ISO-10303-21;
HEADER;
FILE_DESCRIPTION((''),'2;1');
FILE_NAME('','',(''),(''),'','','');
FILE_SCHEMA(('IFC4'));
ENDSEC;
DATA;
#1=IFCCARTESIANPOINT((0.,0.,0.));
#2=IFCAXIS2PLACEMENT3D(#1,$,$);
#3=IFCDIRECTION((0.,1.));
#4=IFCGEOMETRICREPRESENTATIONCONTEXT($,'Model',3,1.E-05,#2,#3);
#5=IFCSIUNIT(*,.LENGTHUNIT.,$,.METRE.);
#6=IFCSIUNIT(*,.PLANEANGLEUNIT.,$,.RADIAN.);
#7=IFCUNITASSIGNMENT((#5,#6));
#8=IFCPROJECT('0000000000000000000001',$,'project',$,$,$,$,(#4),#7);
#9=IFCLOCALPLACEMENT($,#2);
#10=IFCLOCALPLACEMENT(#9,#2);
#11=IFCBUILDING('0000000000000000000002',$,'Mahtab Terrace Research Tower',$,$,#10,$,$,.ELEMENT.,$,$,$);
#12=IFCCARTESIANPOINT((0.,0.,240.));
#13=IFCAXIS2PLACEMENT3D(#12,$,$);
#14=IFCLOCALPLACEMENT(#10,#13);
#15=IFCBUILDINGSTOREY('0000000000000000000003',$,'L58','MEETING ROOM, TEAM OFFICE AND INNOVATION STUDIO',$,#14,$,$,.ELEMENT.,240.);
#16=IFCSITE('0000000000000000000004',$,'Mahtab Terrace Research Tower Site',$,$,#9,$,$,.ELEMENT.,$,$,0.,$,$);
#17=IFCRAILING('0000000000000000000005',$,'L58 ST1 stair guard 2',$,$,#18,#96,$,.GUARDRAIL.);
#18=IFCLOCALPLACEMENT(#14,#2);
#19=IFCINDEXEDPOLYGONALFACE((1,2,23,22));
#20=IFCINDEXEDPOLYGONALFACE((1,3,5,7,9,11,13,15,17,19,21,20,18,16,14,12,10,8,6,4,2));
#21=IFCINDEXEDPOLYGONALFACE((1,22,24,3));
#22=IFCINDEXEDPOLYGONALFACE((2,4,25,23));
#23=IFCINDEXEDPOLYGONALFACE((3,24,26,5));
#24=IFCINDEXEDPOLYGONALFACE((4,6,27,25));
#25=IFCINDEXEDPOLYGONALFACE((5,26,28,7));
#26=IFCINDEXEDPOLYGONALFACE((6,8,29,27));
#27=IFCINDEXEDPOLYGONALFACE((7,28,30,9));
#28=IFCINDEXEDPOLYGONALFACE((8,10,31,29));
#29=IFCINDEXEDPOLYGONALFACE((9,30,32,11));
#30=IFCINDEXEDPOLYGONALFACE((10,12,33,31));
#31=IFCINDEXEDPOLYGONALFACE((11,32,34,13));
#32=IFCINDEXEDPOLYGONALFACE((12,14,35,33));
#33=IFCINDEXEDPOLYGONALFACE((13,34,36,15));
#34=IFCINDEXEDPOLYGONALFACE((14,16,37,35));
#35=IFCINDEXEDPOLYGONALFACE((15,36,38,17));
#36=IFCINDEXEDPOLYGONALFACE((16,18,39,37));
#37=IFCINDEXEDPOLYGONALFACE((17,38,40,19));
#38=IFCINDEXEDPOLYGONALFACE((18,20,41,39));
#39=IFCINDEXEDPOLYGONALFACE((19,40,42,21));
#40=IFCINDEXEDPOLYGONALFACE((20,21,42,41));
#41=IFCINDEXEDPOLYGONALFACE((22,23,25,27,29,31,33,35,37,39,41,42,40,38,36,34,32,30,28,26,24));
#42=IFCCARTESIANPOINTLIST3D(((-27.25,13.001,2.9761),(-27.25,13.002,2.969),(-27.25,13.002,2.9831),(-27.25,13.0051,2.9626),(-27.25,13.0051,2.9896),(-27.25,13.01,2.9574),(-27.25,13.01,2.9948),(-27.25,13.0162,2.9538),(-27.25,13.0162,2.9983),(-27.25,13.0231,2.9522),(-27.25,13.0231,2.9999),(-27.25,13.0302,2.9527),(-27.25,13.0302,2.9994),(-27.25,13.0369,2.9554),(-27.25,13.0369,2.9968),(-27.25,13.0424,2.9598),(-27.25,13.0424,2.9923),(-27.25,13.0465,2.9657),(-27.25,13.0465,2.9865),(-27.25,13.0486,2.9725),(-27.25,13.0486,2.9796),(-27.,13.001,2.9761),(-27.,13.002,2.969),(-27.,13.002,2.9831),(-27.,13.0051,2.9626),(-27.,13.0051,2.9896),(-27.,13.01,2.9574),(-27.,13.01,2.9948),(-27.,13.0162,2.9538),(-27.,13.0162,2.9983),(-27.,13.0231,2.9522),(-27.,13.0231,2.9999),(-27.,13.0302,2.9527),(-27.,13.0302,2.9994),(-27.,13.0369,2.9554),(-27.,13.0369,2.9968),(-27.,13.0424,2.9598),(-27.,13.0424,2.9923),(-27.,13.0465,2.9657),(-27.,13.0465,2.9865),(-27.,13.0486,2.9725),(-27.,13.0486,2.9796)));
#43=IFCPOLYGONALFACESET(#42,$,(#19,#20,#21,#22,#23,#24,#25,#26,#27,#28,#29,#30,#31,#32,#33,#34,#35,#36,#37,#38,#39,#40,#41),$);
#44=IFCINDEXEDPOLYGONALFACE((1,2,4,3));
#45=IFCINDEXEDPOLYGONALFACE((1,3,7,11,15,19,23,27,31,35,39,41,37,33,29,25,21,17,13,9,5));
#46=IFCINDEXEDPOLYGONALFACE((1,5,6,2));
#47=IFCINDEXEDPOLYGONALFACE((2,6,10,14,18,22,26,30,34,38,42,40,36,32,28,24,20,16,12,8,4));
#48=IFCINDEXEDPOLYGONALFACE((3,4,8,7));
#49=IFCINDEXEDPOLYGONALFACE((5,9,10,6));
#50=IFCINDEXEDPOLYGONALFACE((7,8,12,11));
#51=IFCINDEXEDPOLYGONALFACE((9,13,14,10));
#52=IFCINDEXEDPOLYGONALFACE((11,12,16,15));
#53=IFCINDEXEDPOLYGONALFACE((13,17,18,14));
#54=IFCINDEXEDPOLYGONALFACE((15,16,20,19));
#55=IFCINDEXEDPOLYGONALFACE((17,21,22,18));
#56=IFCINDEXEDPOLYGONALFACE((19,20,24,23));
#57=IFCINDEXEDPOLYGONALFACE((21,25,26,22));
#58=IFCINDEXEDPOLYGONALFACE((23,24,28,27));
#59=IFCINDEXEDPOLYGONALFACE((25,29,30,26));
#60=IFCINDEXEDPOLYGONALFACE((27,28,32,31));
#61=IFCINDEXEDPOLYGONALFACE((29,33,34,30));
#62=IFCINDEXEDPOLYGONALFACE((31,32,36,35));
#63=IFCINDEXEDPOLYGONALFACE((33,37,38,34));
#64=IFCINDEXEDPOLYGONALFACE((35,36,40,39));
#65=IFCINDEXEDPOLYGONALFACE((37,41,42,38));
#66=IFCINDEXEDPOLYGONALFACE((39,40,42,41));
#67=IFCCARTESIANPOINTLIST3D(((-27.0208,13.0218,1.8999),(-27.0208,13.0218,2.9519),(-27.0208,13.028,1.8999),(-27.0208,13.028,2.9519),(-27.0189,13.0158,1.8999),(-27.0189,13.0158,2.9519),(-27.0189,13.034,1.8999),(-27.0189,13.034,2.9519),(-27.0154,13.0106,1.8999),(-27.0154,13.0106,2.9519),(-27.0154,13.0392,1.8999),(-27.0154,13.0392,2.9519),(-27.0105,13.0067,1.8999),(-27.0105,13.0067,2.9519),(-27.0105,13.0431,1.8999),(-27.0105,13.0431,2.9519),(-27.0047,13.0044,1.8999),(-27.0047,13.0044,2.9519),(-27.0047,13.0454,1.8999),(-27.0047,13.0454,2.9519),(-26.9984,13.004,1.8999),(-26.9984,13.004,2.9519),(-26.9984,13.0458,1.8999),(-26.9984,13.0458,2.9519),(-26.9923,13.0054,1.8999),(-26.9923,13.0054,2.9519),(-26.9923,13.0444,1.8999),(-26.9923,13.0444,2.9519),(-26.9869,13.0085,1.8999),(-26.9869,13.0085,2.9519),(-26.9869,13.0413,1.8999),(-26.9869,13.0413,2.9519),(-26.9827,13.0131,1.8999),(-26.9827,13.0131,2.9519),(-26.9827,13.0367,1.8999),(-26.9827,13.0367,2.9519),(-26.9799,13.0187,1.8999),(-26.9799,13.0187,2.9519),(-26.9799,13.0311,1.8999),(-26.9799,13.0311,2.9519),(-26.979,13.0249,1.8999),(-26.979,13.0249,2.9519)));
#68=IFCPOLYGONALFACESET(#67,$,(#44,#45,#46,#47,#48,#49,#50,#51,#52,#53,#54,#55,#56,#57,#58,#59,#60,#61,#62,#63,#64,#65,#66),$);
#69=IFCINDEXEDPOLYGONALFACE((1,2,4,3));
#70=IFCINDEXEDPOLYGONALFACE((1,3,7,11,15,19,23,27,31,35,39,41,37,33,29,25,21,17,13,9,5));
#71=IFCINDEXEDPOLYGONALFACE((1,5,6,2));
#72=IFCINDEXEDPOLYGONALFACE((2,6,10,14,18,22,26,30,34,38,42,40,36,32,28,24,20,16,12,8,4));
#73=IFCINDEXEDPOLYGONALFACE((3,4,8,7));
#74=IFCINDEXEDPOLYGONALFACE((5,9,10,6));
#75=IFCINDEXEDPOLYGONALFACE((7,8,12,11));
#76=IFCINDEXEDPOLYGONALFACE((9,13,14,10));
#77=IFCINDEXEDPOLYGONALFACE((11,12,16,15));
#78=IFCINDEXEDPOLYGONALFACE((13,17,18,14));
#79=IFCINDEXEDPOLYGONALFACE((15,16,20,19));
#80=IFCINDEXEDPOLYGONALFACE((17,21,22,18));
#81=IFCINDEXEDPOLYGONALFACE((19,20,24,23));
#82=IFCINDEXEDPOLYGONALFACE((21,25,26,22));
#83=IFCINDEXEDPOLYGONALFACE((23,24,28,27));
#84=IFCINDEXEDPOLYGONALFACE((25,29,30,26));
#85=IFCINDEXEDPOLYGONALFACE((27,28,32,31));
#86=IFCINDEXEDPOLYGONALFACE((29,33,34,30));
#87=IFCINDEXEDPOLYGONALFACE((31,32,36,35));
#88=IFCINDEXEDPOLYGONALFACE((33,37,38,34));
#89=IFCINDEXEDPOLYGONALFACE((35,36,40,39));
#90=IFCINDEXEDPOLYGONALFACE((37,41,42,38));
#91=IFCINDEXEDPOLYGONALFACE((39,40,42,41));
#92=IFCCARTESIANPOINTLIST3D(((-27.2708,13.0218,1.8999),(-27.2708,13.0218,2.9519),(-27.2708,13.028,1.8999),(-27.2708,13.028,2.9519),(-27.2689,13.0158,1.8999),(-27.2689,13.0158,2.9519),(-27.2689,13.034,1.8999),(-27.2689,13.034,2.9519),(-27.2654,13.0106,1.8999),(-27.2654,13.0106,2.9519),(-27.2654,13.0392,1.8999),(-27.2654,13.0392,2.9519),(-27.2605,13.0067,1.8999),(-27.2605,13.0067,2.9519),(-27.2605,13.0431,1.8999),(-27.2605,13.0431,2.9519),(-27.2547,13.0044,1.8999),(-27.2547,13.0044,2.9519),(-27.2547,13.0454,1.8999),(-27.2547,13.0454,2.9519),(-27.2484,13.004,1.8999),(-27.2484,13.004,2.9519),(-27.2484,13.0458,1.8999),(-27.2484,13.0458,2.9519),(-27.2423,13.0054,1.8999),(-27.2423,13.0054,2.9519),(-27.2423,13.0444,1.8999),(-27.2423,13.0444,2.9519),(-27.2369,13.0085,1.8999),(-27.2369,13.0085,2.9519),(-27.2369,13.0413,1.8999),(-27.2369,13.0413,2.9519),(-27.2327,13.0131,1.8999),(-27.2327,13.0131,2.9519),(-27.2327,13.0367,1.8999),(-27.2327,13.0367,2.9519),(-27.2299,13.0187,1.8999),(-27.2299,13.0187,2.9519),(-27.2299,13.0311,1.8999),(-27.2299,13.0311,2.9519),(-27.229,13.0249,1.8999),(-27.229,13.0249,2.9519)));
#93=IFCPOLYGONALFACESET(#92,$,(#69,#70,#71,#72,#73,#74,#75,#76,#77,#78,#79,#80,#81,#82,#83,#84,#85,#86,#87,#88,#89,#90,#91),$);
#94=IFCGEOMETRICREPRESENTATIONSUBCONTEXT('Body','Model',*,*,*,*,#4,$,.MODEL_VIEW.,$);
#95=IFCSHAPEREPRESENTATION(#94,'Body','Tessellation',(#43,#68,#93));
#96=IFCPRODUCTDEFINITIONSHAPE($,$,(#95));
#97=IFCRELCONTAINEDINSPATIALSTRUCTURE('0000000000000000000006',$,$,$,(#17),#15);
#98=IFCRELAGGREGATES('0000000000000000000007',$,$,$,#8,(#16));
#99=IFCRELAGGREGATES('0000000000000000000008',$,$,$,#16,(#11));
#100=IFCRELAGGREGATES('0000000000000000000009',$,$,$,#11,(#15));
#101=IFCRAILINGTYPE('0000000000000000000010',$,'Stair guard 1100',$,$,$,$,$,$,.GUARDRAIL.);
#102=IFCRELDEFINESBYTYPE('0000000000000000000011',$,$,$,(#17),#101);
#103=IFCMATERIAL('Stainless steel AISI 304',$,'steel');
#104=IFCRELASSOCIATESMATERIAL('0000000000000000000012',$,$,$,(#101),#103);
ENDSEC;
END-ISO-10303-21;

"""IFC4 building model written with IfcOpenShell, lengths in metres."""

from ifc_helpers import new_model, si_unit, direction, frame, origin, origin_2d, place, context, subcontext, project, spatial, circle, extrude, material, type_object, element, save


model = new_model("IFC4")

# Units and contexts
model_context = context("Model", 3, precision=1e-05, world=origin(), true_north=direction((0.0, 1.0)))
body_context = subcontext(model_context, "Body", "Model", "MODEL_VIEW")
ifc_project = project(units=[si_unit("LENGTHUNIT", "METRE"), si_unit("PLANEANGLEUNIT", "RADIAN")], contexts=[model_context])

# Site, building, storey
site_placement = place(None, origin())
site = spatial("IfcSite", under=ifc_project, at=site_placement, Name="Mahtab Terrace Research Tower Site", CompositionType="ELEMENT", RefElevation=0.0)
building_placement = place(site_placement, origin())
building = spatial("IfcBuilding", under=site, at=building_placement, Name="Mahtab Terrace Research Tower", CompositionType="ELEMENT")
storey_placement = place(building_placement, frame((0.0, 0.0, 240.0)))
storey = spatial("IfcBuildingStorey", under=building, at=storey_placement, Name="L58", Description="MEETING ROOM, TEAM OFFICE AND INNOVATION STUDIO", CompositionType="ELEMENT", Elevation=240.0)

# Railing
ifc_material_1 = material(Name="Stainless steel AISI 304", Category="steel")
railing_type_1 = type_object("IfcRailingType", Name="Stair guard 1100", PredefinedType="GUARDRAIL", material=ifc_material_1)
railing_1_placement = place(storey_placement, frame((-27.0, 13.0249, 1.8999)))
element("IfcRailing", 1, at=railing_1_placement, inside=storey, type_object=railing_type_1, Name="L58 ST1 stair guard 2", PredefinedType="GUARDRAIL", context=body_context, shape_type="SweptSolid", body=[
    extrude(circle(Radius=0.0239, at=origin_2d()), frame((0.0, 0.0, 1.0762), z_axis=(-1.0, 0.0, 0.0), x_axis=(0.0, -1.0, 0.0)), (0.0, 0.0, 1.0), 0.25),
    extrude(circle(Radius=0.021, at=origin_2d()), origin(), (0.0, 0.0, 1.0), 1.052),
    extrude(circle(Radius=0.021, at=origin_2d()), frame((-0.25, 0.0, 0.0)), (0.0, 0.0, 1.0), 1.052),
])

save(model, "model.ifc")
